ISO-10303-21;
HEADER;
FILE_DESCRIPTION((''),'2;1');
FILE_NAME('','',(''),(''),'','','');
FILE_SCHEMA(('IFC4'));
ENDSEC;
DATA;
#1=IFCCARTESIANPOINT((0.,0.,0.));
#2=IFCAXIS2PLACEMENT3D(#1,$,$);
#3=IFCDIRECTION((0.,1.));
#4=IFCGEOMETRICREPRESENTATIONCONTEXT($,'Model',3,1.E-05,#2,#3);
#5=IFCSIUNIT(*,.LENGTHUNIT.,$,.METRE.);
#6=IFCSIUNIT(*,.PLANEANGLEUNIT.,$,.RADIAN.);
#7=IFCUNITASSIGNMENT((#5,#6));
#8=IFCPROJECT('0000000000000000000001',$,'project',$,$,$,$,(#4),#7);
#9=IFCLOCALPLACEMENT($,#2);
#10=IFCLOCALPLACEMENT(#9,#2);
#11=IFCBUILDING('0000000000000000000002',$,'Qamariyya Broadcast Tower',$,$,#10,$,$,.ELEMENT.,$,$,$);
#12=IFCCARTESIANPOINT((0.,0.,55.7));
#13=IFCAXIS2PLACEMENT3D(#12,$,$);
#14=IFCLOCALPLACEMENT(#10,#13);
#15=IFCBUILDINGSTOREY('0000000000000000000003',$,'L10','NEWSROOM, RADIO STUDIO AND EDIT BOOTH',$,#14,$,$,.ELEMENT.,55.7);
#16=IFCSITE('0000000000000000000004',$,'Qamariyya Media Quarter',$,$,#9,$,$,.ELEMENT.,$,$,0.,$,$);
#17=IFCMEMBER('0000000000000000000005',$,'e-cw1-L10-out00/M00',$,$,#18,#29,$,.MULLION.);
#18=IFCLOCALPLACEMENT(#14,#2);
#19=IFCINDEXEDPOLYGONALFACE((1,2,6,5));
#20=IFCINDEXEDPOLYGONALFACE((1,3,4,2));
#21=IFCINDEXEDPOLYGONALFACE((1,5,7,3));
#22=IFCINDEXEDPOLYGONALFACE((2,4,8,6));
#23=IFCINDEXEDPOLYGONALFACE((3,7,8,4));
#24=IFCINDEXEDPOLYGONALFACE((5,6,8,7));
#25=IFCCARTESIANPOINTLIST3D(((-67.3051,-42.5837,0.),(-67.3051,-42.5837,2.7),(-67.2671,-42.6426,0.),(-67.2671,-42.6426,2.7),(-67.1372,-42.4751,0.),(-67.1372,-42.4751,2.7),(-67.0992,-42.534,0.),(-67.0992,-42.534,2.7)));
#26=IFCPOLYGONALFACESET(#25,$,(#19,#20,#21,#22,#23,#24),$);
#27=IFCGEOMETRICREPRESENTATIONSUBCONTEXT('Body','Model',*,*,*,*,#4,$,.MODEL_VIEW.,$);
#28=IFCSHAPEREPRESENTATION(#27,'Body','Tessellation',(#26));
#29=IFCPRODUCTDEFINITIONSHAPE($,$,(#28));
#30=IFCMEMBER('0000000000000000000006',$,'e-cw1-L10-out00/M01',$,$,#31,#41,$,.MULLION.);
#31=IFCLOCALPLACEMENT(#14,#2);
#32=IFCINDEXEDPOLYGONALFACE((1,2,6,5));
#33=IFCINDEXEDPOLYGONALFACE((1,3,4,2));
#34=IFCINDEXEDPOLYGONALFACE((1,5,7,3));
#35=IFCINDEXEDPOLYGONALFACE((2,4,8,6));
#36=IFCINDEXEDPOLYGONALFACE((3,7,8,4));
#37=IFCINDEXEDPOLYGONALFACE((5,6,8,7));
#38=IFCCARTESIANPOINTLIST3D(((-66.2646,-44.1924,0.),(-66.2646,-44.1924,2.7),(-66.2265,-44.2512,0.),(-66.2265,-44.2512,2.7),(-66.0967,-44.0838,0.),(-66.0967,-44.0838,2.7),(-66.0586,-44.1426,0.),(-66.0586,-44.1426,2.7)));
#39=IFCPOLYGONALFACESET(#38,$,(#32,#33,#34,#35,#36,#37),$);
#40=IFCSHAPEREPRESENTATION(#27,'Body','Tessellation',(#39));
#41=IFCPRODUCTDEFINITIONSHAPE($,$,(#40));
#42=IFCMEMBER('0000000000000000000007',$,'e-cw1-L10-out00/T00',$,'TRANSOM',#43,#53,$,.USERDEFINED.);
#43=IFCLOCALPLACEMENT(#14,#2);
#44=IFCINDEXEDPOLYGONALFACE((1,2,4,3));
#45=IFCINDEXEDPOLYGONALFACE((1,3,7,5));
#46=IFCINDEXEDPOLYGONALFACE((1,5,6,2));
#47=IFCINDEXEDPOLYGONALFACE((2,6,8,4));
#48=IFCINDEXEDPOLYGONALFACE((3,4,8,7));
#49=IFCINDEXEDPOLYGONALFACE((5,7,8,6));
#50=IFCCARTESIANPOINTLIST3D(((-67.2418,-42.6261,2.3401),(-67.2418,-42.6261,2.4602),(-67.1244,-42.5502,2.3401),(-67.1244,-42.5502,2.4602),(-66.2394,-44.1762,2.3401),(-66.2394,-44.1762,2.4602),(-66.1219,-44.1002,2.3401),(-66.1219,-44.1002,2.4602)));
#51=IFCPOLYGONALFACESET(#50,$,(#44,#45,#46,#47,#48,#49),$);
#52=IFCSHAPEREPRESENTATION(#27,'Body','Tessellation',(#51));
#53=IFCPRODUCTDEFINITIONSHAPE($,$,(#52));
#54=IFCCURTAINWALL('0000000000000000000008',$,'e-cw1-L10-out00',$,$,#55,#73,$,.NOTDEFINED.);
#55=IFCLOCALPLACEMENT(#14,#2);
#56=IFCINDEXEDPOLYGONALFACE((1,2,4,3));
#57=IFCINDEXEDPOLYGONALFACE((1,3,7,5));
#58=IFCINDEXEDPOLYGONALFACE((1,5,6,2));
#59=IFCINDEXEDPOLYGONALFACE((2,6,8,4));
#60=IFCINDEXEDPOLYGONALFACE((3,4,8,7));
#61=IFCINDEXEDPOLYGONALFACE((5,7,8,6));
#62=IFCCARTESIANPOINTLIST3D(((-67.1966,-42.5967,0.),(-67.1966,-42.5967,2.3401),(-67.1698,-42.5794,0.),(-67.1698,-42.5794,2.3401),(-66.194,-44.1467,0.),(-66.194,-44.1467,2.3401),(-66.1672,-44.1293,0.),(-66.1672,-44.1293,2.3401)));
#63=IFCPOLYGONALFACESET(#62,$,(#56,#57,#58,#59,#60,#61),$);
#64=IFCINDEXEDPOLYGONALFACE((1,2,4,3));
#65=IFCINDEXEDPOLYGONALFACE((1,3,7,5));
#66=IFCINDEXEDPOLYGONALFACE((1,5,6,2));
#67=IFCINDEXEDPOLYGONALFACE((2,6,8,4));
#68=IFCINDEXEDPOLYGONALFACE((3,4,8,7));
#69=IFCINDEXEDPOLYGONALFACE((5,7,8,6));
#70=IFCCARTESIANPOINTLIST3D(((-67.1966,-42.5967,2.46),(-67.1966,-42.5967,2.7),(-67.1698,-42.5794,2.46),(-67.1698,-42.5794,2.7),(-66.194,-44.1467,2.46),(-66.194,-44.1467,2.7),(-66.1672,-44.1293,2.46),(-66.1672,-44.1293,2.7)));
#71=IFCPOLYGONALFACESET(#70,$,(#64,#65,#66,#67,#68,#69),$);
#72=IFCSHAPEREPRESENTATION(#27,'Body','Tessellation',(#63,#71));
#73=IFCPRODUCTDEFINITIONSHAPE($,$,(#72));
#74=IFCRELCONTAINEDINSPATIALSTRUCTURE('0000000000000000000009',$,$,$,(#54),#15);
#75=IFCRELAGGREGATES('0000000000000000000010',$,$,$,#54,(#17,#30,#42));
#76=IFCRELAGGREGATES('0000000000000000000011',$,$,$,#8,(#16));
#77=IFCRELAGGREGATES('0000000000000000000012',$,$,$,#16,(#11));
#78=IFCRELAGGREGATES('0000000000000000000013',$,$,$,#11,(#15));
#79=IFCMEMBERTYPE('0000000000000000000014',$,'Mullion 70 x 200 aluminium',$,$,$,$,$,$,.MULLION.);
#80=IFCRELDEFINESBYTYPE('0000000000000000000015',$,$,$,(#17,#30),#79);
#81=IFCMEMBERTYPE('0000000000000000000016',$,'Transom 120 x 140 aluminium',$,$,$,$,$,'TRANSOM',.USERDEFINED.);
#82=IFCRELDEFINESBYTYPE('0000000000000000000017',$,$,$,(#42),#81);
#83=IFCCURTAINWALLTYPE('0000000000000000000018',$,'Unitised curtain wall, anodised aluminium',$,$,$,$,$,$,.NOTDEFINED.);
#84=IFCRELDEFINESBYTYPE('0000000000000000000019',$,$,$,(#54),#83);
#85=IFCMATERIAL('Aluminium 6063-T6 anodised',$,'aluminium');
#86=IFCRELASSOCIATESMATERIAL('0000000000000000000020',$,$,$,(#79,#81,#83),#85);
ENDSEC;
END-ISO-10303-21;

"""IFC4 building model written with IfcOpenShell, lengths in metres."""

from ifc_helpers import new_model, si_unit, direction, frame, origin, origin_2d, place, context, subcontext, project, spatial, rectangle, extrude, material, material_profile, profile_set, type_object, element, aggregate, save


model = new_model("IFC4")

# Units and contexts
model_context = context("Model", 3, precision=1e-05, world=origin(), true_north=direction((0.0, 1.0)))
body_context = subcontext(model_context, "Body", "Model", "MODEL_VIEW")
ifc_project = project(units=[si_unit("LENGTHUNIT", "METRE"), si_unit("PLANEANGLEUNIT", "RADIAN")], contexts=[model_context])

# Members
ifc_material_1 = material(Name="Aluminium 6063-T6 anodised", Category="aluminium")
ifc_material_profile_1 = material_profile(ifc_material_1, rectangle(XDim=0.2, YDim=0.0701, at=origin_2d()))
ifc_profile_set_1 = profile_set([ifc_material_profile_1], Name="Aluminium 6063-T6 anodised")
member_type_1 = type_object("IfcMemberType", Name="Mullion 70 x 200 aluminium", PredefinedType="MULLION", material=ifc_profile_set_1)
site_placement = place(None, origin())
building_placement = place(site_placement, origin())
storey_placement = place(building_placement, frame((0.0, 0.0, 55.7)))
member_1_placement = place(storey_placement, frame((-67.2021, -42.5588, 0.0), z_axis=(0.0, 0.0, 1.0), x_axis=(0.839646, 0.543134, 0.0)))
member_1 = element("IfcMember", 1, at=member_1_placement, type_object=member_type_1, Name="e-cw1-L10-out00/M00", PredefinedType="MULLION", context=body_context, shape_type="SweptSolid", body=[
    extrude(rectangle(XDim=0.2, YDim=0.0701, at=origin_2d()), origin(), (0.0, 0.0, 1.0), 2.7),
])
member_2_placement = place(storey_placement, frame((-66.1616, -44.1675, 0.0), z_axis=(0.0, 0.0, 1.0), x_axis=(0.839646, 0.543134, 0.0)))
member_2 = element("IfcMember", 2, at=member_2_placement, type_object=member_type_1, Name="e-cw1-L10-out00/M01", PredefinedType="MULLION", context=body_context, shape_type="SweptSolid", body=[
    extrude(rectangle(XDim=0.2, YDim=0.0701, at=origin_2d()), origin(), (0.0, 0.0, 1.0), 2.7),
])
ifc_material_profile_2 = material_profile(ifc_material_1, rectangle(XDim=0.1399, YDim=0.1201, at=origin_2d()))
ifc_profile_set_2 = profile_set([ifc_material_profile_2], Name="Aluminium 6063-T6 anodised")
member_type_2 = type_object("IfcMemberType", Name="Transom 120 x 140 aluminium", ElementType="TRANSOM", PredefinedType="USERDEFINED", material=ifc_profile_set_2)
member_3_placement = place(storey_placement, frame((-67.1831, -42.5881, 2.4001), z_axis=(0.543048, -0.839701, 0.0), x_axis=(0.839701, 0.543048, 0.0)))
member_3 = element("IfcMember", 3, at=member_3_placement, type_object=member_type_2, Name="e-cw1-L10-out00/T00", ObjectType="TRANSOM", PredefinedType="USERDEFINED", context=body_context, shape_type="SweptSolid", body=[
    extrude(rectangle(XDim=0.1399, YDim=0.1201, at=origin_2d()), origin(), (0.0, 0.0, 1.0), 1.8459),
])

# Site, building, storey
site = spatial("IfcSite", under=ifc_project, at=site_placement, Name="Qamariyya Media Quarter", CompositionType="ELEMENT", RefElevation=0.0)
building = spatial("IfcBuilding", under=site, at=building_placement, Name="Qamariyya Broadcast Tower", CompositionType="ELEMENT")
storey = spatial("IfcBuildingStorey", under=building, at=storey_placement, Name="L10", Description="NEWSROOM, RADIO STUDIO AND EDIT BOOTH", CompositionType="ELEMENT", Elevation=55.7)

# Curtain wall
curtain_wall_type = type_object("IfcCurtainWallType", Name="Unitised curtain wall, anodised aluminium", PredefinedType="NOTDEFINED", material=ifc_material_1)
curtain_wall_1_placement = place(storey_placement, origin())
curtain_wall_1 = element("IfcCurtainWall", 4, at=curtain_wall_1_placement, inside=storey, type_object=curtain_wall_type, Name="e-cw1-L10-out00", PredefinedType="NOTDEFINED", context=body_context, shape_type="SweptSolid", body=[
    extrude(rectangle(XDim=1.8459, YDim=0.032, at=origin_2d()), frame((-66.6819, -43.363, 0.0), x_axis=(0.543129, -0.839649, 0.0)), (0.0, 0.0, 1.0), 2.3401),
    extrude(rectangle(XDim=1.8459, YDim=0.032, at=origin_2d()), frame((-66.6819, -43.363, 2.46), x_axis=(0.543129, -0.839649, 0.0)), (0.0, 0.0, 1.0), 0.24),
])
aggregate(curtain_wall_1, [member_1, member_2, member_3])

save(model, "model.ifc")
